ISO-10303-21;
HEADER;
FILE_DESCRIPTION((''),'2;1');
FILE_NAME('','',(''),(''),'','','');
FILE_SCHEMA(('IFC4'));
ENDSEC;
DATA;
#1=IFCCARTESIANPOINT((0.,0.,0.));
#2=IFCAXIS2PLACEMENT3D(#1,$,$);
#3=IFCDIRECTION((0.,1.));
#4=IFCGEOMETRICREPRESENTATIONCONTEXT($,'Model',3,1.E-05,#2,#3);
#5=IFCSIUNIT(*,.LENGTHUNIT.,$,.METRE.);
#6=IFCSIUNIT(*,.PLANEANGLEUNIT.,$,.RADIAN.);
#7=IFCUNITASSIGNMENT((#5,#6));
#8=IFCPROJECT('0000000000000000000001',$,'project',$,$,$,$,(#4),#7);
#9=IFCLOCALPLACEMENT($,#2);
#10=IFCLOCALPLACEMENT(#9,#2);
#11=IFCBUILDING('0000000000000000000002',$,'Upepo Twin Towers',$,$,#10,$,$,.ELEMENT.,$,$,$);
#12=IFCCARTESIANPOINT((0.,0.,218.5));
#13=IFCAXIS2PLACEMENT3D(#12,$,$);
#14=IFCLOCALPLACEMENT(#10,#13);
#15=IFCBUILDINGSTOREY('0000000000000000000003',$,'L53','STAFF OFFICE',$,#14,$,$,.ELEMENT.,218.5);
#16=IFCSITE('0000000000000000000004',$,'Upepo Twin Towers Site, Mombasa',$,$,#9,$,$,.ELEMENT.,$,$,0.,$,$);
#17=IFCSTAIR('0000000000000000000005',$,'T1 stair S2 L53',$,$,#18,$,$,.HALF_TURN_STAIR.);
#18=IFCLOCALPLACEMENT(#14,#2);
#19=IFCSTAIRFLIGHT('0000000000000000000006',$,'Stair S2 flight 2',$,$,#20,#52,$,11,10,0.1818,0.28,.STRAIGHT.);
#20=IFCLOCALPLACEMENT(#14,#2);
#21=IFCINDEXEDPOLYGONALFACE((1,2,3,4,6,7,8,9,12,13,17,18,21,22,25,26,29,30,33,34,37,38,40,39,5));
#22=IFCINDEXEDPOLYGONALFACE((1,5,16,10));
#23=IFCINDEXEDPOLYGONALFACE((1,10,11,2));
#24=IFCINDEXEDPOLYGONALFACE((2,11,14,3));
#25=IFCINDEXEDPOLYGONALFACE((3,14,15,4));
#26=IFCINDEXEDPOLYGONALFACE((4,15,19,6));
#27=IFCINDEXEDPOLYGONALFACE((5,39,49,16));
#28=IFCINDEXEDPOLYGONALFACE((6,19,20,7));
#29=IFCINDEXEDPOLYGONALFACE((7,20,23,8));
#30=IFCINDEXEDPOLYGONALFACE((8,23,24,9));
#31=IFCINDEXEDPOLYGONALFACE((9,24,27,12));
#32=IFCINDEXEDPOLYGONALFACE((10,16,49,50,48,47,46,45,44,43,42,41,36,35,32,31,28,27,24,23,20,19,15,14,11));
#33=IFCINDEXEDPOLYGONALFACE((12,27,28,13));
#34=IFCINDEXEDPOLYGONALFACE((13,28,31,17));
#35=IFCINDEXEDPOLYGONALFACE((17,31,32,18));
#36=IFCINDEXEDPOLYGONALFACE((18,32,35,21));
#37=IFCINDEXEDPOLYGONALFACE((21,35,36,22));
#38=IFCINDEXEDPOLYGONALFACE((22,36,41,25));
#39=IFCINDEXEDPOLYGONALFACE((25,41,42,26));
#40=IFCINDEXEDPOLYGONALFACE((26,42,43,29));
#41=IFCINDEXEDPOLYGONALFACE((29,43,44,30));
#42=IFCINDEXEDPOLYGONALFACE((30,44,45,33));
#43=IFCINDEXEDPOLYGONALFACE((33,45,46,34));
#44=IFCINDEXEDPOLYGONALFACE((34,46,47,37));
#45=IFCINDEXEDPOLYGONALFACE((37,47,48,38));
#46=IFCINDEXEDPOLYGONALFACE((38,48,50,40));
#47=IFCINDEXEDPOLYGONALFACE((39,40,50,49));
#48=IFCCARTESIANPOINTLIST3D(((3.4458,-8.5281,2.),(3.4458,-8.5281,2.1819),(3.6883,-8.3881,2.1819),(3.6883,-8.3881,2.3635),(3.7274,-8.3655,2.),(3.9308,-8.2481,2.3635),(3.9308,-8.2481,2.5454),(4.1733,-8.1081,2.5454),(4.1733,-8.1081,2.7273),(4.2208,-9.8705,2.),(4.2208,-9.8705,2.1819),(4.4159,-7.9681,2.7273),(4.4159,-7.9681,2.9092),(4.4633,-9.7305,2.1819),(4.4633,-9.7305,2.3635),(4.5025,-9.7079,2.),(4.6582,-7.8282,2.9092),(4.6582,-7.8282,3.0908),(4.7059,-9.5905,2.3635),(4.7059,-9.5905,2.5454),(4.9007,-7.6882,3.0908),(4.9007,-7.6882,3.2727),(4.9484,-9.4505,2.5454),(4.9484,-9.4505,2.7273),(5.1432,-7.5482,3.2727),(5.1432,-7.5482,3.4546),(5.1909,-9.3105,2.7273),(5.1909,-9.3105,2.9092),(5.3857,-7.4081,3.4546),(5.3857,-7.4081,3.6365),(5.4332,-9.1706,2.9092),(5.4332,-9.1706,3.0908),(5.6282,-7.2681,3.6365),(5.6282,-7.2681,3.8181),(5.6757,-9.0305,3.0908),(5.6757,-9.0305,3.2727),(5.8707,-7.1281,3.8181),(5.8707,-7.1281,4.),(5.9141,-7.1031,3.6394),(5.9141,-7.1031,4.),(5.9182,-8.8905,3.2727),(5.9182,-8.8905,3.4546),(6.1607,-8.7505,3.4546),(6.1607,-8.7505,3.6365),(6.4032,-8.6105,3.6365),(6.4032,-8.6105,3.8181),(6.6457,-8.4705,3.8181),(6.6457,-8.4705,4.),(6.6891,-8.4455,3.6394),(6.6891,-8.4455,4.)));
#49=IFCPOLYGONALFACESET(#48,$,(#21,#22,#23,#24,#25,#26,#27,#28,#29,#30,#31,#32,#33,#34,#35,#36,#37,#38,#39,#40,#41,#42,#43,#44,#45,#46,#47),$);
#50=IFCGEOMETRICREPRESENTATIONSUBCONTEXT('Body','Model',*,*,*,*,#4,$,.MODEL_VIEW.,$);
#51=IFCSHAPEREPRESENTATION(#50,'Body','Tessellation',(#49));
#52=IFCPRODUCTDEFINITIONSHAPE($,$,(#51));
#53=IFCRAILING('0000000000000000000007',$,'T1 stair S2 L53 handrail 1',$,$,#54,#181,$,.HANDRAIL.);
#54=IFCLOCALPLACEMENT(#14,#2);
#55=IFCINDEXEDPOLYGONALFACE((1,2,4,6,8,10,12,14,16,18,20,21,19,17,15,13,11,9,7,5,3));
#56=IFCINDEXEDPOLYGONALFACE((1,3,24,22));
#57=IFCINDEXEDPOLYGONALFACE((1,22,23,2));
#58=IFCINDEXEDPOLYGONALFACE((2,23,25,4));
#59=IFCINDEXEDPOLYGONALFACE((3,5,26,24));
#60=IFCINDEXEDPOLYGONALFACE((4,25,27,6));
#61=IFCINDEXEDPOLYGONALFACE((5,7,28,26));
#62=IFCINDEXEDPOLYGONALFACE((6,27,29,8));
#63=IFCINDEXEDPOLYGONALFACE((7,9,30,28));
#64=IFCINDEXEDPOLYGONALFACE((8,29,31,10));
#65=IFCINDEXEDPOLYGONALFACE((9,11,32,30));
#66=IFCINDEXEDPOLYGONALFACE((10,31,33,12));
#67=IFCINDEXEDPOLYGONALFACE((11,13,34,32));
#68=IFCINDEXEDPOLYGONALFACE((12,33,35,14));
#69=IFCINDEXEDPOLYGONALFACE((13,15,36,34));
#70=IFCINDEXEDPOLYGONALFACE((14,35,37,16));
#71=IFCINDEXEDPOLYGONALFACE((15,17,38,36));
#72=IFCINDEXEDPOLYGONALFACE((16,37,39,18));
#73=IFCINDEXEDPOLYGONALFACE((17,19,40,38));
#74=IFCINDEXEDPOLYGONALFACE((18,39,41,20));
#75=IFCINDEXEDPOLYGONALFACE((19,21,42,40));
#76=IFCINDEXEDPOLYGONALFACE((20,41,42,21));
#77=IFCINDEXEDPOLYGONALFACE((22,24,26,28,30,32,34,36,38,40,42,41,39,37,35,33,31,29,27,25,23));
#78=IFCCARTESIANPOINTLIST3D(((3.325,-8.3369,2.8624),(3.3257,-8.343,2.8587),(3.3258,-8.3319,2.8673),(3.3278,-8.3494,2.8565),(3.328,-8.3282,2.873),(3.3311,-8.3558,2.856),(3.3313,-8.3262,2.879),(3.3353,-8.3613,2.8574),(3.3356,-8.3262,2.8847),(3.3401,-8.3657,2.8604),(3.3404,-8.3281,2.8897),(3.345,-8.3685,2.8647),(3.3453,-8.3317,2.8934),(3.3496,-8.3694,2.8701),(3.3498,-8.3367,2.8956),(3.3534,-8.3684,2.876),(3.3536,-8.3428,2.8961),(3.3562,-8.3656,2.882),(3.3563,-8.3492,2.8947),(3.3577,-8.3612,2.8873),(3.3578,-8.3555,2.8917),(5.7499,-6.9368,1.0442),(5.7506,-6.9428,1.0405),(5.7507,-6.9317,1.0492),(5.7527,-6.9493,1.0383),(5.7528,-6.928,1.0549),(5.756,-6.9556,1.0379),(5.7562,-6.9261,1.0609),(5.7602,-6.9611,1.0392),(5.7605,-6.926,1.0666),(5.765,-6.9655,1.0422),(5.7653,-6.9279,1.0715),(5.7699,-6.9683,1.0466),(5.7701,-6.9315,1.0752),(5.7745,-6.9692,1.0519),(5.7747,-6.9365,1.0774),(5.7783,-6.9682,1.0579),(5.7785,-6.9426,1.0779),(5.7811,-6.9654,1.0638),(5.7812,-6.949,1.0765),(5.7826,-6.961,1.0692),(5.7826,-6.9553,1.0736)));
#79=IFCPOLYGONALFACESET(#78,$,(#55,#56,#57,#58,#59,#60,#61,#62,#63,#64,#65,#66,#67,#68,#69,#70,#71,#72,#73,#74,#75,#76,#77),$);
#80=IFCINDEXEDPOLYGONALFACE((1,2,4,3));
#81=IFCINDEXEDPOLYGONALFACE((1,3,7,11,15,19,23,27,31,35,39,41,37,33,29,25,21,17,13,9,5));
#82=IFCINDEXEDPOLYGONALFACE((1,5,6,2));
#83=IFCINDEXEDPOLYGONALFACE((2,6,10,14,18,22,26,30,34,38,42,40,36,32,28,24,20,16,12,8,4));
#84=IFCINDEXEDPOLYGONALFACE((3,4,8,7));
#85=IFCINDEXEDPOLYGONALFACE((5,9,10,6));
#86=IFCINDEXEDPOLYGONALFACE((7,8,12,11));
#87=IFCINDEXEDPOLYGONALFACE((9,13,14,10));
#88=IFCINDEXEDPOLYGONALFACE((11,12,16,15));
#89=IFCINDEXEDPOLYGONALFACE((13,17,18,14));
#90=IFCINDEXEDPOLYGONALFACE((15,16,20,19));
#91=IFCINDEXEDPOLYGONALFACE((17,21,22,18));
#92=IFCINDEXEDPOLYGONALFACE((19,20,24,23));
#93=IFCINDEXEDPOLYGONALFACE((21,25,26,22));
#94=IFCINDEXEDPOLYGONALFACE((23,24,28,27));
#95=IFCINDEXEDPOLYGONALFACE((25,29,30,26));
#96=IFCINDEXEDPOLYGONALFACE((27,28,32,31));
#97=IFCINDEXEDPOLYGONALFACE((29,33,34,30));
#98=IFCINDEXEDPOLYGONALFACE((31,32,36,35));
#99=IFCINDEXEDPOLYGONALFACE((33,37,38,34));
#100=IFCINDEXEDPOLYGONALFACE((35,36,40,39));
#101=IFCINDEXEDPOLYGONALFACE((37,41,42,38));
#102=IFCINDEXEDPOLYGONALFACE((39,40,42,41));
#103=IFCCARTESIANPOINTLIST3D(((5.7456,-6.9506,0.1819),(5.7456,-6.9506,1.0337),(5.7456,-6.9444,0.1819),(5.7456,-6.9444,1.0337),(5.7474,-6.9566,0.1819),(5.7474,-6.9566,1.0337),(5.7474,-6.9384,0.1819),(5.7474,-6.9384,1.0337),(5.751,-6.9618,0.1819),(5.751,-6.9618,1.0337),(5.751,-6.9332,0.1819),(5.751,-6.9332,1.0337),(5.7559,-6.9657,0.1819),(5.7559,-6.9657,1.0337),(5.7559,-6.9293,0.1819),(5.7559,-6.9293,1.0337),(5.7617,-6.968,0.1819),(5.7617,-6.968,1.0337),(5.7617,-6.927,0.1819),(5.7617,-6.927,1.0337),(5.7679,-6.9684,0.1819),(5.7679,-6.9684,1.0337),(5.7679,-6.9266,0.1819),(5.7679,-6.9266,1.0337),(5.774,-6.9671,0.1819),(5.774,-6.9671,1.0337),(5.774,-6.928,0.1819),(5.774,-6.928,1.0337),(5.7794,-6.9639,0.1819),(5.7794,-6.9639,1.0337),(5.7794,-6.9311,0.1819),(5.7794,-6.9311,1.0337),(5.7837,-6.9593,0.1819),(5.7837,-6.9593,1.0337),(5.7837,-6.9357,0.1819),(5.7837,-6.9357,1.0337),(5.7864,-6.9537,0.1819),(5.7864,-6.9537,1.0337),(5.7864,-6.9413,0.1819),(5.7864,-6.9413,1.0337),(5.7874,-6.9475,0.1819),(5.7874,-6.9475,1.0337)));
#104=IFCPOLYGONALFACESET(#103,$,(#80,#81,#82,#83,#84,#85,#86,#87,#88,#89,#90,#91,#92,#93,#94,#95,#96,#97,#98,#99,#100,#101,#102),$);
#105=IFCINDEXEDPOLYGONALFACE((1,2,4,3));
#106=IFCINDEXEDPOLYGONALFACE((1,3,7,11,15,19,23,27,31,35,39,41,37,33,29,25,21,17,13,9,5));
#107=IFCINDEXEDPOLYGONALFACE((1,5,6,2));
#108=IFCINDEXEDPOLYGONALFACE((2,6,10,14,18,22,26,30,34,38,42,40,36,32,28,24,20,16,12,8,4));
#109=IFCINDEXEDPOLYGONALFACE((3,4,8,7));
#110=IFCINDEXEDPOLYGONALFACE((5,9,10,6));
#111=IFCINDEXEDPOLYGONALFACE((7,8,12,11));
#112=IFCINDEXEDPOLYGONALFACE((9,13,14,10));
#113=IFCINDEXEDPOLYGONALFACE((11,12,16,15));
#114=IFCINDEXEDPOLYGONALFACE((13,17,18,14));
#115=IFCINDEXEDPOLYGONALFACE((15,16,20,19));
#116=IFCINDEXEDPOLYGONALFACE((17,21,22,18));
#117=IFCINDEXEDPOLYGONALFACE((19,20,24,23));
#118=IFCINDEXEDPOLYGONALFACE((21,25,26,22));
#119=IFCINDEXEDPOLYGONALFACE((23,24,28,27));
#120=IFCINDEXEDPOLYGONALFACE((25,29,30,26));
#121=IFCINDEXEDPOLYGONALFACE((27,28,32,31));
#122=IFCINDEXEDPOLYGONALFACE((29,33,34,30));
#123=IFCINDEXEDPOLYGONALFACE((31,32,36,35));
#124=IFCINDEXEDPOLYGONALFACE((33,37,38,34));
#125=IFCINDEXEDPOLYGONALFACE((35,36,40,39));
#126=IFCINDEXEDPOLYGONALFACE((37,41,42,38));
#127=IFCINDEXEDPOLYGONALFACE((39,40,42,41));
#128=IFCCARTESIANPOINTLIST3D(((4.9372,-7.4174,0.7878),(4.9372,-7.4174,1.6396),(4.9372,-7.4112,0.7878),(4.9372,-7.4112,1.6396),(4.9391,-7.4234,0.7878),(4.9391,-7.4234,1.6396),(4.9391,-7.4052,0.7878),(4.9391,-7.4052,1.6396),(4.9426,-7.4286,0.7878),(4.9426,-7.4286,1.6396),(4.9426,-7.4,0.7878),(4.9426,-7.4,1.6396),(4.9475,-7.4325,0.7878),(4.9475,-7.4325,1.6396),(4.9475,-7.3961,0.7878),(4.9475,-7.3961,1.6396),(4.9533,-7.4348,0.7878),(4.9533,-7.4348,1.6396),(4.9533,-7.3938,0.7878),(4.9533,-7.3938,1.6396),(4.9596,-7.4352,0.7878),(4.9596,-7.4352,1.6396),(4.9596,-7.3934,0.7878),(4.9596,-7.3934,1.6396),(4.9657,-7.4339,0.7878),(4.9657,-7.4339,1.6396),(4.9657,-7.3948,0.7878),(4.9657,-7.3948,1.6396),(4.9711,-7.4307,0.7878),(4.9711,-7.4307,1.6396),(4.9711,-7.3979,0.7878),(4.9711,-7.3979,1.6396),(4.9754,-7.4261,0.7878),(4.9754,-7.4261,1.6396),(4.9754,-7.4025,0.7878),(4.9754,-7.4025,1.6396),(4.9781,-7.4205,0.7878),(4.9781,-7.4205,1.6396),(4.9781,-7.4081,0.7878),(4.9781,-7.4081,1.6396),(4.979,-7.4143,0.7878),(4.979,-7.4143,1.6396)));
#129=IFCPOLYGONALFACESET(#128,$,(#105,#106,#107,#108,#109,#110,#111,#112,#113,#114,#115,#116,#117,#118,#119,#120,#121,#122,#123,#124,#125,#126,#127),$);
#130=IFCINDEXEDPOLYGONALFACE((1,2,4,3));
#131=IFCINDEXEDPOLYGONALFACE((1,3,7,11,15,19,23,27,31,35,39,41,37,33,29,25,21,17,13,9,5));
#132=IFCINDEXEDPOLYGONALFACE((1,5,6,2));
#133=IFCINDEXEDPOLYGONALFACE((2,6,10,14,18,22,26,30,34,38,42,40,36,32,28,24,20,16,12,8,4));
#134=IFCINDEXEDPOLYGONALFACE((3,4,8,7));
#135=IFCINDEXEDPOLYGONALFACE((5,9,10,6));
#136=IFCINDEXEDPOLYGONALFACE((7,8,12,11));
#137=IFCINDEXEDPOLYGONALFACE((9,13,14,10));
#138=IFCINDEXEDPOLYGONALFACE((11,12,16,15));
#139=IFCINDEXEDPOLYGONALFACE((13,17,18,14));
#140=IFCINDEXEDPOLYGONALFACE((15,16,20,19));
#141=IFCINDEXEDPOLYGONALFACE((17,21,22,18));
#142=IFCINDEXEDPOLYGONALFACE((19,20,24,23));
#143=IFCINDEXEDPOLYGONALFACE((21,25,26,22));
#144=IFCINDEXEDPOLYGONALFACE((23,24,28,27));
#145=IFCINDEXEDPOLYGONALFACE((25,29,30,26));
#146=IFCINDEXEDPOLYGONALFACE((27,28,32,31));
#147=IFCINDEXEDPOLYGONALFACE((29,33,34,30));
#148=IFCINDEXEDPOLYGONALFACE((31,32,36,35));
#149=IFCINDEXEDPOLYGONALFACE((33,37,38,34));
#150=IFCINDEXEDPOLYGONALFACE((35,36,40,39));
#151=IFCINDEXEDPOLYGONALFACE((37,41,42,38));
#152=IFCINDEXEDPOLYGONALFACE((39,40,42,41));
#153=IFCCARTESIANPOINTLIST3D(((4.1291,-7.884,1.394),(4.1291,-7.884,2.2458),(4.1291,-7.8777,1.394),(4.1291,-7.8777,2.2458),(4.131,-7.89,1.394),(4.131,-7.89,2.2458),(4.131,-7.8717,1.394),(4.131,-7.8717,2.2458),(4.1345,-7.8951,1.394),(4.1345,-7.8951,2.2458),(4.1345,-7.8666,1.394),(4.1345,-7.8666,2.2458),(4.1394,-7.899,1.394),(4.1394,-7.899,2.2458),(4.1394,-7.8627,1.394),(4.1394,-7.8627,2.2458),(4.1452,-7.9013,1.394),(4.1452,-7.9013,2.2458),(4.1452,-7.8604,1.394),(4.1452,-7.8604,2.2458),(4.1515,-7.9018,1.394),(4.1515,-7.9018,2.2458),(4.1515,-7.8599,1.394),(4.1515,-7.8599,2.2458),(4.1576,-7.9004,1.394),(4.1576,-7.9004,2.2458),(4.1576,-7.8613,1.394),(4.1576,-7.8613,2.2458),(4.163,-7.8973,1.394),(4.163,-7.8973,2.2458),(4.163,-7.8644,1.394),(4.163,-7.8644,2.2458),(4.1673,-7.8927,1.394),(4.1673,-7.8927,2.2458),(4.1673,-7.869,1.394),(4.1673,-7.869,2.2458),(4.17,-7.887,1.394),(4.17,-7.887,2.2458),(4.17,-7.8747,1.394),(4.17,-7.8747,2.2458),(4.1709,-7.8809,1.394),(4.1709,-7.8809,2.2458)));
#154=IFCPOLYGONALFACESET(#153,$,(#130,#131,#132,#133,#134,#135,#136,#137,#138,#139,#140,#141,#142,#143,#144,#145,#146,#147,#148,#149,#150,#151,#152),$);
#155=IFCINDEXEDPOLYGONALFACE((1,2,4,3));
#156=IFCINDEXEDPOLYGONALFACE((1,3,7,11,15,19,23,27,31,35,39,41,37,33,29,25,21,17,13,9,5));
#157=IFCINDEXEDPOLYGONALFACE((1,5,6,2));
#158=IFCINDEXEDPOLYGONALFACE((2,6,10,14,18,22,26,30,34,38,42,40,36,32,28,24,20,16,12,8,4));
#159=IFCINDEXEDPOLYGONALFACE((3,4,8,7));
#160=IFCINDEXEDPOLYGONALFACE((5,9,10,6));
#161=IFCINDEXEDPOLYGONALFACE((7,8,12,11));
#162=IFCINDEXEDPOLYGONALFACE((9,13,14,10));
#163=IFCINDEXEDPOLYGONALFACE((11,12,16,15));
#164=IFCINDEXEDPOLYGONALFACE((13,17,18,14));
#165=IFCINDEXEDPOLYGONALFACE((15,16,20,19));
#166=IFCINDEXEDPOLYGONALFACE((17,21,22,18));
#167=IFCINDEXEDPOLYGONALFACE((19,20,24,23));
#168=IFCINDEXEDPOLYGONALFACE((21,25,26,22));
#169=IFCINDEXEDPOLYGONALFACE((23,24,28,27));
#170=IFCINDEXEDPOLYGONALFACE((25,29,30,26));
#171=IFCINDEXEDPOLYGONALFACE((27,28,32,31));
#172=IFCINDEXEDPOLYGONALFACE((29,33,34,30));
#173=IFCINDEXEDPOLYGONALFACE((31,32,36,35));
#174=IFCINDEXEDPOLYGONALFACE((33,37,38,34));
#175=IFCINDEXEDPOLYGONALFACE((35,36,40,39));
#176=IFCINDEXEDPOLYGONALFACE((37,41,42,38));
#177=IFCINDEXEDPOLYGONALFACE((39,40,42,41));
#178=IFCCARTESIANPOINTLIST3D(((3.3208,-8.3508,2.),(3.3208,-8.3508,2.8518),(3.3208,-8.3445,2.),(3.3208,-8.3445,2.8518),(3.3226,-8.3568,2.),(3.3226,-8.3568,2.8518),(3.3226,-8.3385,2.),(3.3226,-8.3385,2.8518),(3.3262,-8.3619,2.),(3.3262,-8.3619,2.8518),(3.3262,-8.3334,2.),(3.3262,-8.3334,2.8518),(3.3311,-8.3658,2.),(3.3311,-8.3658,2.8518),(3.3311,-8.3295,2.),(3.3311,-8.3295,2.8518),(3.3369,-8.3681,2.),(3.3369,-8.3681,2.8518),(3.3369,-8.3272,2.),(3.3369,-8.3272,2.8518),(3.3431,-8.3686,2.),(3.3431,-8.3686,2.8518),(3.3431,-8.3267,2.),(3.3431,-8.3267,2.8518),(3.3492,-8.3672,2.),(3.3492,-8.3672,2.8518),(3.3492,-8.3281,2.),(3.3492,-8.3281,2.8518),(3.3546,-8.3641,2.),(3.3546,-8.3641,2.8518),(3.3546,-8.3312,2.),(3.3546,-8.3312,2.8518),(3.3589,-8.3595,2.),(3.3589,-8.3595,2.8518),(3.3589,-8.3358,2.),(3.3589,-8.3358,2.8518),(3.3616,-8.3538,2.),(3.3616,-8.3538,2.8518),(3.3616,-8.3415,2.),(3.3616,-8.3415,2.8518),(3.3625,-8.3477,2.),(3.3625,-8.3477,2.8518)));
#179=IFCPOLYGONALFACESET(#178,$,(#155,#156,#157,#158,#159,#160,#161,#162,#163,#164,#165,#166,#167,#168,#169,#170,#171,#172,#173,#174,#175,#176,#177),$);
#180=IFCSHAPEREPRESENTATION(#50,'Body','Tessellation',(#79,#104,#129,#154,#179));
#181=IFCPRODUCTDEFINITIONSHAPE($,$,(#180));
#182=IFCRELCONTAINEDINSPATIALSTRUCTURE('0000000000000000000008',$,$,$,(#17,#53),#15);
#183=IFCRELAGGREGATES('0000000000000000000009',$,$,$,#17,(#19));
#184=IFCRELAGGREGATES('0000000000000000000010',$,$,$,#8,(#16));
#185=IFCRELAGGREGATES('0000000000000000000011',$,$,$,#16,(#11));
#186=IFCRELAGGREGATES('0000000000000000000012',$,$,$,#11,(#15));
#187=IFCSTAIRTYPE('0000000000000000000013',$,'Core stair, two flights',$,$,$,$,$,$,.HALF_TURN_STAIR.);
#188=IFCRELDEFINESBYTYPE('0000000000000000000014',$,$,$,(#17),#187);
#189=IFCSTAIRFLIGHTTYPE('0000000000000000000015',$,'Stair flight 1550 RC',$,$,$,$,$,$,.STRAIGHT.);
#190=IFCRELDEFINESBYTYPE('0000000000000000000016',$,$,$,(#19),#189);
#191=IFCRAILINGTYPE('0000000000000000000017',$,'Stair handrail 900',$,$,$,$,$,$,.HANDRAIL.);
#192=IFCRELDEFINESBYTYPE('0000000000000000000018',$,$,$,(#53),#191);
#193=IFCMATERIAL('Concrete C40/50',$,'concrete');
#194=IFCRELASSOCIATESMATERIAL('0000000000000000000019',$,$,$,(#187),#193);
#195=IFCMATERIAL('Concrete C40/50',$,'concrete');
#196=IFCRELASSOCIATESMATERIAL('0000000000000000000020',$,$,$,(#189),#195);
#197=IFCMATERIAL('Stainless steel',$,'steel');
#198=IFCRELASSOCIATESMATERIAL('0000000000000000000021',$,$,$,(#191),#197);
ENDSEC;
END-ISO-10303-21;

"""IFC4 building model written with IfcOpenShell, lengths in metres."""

from ifc_helpers import new_model, si_unit, direction, frame, origin, origin_2d, place, context, subcontext, project, spatial, polyline, circle, outline, extrude, material, type_object, element, aggregate, save


model = new_model("IFC4")

# Units and contexts
model_context = context("Model", 3, precision=1e-05, world=origin(), true_north=direction((0.0, 1.0)))
body_context = subcontext(model_context, "Body", "Model", "MODEL_VIEW")
ifc_project = project(units=[si_unit("LENGTHUNIT", "METRE"), si_unit("PLANEANGLEUNIT", "RADIAN")], contexts=[model_context])

# Site, building, storey
site_placement = place(None, origin())
site = spatial("IfcSite", under=ifc_project, at=site_placement, Name="Upepo Twin Towers Site, Mombasa", CompositionType="ELEMENT", RefElevation=0.0)
building_placement = place(site_placement, origin())
building = spatial("IfcBuilding", under=site, at=building_placement, Name="Upepo Twin Towers", CompositionType="ELEMENT")
storey_placement = place(building_placement, frame((0.0, 0.0, 218.5)))
storey = spatial("IfcBuildingStorey", under=building, at=storey_placement, Name="L53", Description="STAFF OFFICE", CompositionType="ELEMENT", Elevation=218.5)

# Stair
ifc_material_1 = material(Name="Concrete C40/50", Category="concrete")
stair_type = type_object("IfcStairType", Name="Core stair, two flights", PredefinedType="HALF_TURN_STAIR", material=ifc_material_1)
stair_1_placement = place(storey_placement, origin())
stair_1 = element("IfcStair", 1, at=stair_1_placement, inside=storey, type_object=stair_type, Name="T1 stair S2 L53", PredefinedType="HALF_TURN_STAIR")

# Stair flight
ifc_material_2 = material(Name="Concrete C40/50", Category="concrete")
stair_flight_type = type_object("IfcStairFlightType", Name="Stair flight 1550 RC", PredefinedType="STRAIGHT", material=ifc_material_2)
stair_flight_1_placement = place(storey_placement, frame((3.8333, -9.1992, 2.0), z_axis=(0.0, 0.0, 1.0), x_axis=(0.866025, 0.5, 0.0)))
stair_flight_1 = element("IfcStairFlight", 2, at=stair_flight_1_placement, type_object=stair_flight_type, Name="Stair S2 flight 2", NumberOfRisers=11, NumberOfTreads=10, PredefinedType="STRAIGHT", RiserHeight=0.1818, TreadLength=0.28, context=body_context, shape_type="SweptSolid", body=[
    extrude(outline(polyline([(0.0, 0.0), (0.0, 0.1819), (0.28, 0.1819), (0.28, 0.3635), (0.5601, 0.3635), (0.5601, 0.5454), (0.8401, 0.5454), (0.8401, 0.7273), (1.1201, 0.7273), (1.1201, 0.9092), (1.3999, 0.9092), (1.3999, 1.0908), (1.6799, 1.0908), (1.6799, 1.2727), (1.96, 1.2727), (1.96, 1.4546), (2.24, 1.4546), (2.24, 1.6365), (2.52, 1.6365), (2.52, 1.8181), (2.8, 1.8181), (2.8, 2.0), (2.8501, 2.0), (2.8501, 1.6394), (0.3252, 0.0), (0.0, 0.0)])), frame((0.0, 0.7749, 0.0), z_axis=(0.0, -1.0, 0.0), x_axis=(1.0, 0.0, 0.0)), (0.0, 0.0, 1.0), 1.55),
])
aggregate(stair_1, [stair_flight_1])

# Railing
ifc_material_3 = material(Name="Stainless steel", Category="steel")
railing_type = type_object("IfcRailingType", Name="Stair handrail 900", PredefinedType="HANDRAIL", material=ifc_material_3)
railing_1_placement = place(storey_placement, frame((5.7664, -6.9475, 0.1819)))
element("IfcRailing", 3, at=railing_1_placement, inside=storey, type_object=railing_type, Name="T1 stair S2 L53 handrail 1", PredefinedType="HANDRAIL", context=body_context, shape_type="SweptSolid", body=[
    extrude(circle(Radius=0.0239, at=origin_2d()), frame((0.0, 0.0, 0.876), z_axis=(-0.726314, -0.419393, 0.544589), x_axis=(0.50005, -0.865997, 0.0)), (0.0, 0.0, 1.0), 3.3386),
    extrude(circle(Radius=0.021, at=origin_2d()), origin(), (0.0, 0.0, 1.0), 0.8518),
    extrude(circle(Radius=0.021, at=origin_2d()), frame((-0.8083, -0.4668, 0.606)), (0.0, 0.0, 1.0), 0.8518),
    extrude(circle(Radius=0.021, at=origin_2d()), frame((-1.6165, -0.9333, 1.2122)), (0.0, 0.0, 1.0), 0.8518),
    extrude(circle(Radius=0.021, at=origin_2d()), frame((-2.4248, -1.4001, 1.8181)), (0.0, 0.0, 1.0), 0.8518),
])

save(model, "model.ifc")
